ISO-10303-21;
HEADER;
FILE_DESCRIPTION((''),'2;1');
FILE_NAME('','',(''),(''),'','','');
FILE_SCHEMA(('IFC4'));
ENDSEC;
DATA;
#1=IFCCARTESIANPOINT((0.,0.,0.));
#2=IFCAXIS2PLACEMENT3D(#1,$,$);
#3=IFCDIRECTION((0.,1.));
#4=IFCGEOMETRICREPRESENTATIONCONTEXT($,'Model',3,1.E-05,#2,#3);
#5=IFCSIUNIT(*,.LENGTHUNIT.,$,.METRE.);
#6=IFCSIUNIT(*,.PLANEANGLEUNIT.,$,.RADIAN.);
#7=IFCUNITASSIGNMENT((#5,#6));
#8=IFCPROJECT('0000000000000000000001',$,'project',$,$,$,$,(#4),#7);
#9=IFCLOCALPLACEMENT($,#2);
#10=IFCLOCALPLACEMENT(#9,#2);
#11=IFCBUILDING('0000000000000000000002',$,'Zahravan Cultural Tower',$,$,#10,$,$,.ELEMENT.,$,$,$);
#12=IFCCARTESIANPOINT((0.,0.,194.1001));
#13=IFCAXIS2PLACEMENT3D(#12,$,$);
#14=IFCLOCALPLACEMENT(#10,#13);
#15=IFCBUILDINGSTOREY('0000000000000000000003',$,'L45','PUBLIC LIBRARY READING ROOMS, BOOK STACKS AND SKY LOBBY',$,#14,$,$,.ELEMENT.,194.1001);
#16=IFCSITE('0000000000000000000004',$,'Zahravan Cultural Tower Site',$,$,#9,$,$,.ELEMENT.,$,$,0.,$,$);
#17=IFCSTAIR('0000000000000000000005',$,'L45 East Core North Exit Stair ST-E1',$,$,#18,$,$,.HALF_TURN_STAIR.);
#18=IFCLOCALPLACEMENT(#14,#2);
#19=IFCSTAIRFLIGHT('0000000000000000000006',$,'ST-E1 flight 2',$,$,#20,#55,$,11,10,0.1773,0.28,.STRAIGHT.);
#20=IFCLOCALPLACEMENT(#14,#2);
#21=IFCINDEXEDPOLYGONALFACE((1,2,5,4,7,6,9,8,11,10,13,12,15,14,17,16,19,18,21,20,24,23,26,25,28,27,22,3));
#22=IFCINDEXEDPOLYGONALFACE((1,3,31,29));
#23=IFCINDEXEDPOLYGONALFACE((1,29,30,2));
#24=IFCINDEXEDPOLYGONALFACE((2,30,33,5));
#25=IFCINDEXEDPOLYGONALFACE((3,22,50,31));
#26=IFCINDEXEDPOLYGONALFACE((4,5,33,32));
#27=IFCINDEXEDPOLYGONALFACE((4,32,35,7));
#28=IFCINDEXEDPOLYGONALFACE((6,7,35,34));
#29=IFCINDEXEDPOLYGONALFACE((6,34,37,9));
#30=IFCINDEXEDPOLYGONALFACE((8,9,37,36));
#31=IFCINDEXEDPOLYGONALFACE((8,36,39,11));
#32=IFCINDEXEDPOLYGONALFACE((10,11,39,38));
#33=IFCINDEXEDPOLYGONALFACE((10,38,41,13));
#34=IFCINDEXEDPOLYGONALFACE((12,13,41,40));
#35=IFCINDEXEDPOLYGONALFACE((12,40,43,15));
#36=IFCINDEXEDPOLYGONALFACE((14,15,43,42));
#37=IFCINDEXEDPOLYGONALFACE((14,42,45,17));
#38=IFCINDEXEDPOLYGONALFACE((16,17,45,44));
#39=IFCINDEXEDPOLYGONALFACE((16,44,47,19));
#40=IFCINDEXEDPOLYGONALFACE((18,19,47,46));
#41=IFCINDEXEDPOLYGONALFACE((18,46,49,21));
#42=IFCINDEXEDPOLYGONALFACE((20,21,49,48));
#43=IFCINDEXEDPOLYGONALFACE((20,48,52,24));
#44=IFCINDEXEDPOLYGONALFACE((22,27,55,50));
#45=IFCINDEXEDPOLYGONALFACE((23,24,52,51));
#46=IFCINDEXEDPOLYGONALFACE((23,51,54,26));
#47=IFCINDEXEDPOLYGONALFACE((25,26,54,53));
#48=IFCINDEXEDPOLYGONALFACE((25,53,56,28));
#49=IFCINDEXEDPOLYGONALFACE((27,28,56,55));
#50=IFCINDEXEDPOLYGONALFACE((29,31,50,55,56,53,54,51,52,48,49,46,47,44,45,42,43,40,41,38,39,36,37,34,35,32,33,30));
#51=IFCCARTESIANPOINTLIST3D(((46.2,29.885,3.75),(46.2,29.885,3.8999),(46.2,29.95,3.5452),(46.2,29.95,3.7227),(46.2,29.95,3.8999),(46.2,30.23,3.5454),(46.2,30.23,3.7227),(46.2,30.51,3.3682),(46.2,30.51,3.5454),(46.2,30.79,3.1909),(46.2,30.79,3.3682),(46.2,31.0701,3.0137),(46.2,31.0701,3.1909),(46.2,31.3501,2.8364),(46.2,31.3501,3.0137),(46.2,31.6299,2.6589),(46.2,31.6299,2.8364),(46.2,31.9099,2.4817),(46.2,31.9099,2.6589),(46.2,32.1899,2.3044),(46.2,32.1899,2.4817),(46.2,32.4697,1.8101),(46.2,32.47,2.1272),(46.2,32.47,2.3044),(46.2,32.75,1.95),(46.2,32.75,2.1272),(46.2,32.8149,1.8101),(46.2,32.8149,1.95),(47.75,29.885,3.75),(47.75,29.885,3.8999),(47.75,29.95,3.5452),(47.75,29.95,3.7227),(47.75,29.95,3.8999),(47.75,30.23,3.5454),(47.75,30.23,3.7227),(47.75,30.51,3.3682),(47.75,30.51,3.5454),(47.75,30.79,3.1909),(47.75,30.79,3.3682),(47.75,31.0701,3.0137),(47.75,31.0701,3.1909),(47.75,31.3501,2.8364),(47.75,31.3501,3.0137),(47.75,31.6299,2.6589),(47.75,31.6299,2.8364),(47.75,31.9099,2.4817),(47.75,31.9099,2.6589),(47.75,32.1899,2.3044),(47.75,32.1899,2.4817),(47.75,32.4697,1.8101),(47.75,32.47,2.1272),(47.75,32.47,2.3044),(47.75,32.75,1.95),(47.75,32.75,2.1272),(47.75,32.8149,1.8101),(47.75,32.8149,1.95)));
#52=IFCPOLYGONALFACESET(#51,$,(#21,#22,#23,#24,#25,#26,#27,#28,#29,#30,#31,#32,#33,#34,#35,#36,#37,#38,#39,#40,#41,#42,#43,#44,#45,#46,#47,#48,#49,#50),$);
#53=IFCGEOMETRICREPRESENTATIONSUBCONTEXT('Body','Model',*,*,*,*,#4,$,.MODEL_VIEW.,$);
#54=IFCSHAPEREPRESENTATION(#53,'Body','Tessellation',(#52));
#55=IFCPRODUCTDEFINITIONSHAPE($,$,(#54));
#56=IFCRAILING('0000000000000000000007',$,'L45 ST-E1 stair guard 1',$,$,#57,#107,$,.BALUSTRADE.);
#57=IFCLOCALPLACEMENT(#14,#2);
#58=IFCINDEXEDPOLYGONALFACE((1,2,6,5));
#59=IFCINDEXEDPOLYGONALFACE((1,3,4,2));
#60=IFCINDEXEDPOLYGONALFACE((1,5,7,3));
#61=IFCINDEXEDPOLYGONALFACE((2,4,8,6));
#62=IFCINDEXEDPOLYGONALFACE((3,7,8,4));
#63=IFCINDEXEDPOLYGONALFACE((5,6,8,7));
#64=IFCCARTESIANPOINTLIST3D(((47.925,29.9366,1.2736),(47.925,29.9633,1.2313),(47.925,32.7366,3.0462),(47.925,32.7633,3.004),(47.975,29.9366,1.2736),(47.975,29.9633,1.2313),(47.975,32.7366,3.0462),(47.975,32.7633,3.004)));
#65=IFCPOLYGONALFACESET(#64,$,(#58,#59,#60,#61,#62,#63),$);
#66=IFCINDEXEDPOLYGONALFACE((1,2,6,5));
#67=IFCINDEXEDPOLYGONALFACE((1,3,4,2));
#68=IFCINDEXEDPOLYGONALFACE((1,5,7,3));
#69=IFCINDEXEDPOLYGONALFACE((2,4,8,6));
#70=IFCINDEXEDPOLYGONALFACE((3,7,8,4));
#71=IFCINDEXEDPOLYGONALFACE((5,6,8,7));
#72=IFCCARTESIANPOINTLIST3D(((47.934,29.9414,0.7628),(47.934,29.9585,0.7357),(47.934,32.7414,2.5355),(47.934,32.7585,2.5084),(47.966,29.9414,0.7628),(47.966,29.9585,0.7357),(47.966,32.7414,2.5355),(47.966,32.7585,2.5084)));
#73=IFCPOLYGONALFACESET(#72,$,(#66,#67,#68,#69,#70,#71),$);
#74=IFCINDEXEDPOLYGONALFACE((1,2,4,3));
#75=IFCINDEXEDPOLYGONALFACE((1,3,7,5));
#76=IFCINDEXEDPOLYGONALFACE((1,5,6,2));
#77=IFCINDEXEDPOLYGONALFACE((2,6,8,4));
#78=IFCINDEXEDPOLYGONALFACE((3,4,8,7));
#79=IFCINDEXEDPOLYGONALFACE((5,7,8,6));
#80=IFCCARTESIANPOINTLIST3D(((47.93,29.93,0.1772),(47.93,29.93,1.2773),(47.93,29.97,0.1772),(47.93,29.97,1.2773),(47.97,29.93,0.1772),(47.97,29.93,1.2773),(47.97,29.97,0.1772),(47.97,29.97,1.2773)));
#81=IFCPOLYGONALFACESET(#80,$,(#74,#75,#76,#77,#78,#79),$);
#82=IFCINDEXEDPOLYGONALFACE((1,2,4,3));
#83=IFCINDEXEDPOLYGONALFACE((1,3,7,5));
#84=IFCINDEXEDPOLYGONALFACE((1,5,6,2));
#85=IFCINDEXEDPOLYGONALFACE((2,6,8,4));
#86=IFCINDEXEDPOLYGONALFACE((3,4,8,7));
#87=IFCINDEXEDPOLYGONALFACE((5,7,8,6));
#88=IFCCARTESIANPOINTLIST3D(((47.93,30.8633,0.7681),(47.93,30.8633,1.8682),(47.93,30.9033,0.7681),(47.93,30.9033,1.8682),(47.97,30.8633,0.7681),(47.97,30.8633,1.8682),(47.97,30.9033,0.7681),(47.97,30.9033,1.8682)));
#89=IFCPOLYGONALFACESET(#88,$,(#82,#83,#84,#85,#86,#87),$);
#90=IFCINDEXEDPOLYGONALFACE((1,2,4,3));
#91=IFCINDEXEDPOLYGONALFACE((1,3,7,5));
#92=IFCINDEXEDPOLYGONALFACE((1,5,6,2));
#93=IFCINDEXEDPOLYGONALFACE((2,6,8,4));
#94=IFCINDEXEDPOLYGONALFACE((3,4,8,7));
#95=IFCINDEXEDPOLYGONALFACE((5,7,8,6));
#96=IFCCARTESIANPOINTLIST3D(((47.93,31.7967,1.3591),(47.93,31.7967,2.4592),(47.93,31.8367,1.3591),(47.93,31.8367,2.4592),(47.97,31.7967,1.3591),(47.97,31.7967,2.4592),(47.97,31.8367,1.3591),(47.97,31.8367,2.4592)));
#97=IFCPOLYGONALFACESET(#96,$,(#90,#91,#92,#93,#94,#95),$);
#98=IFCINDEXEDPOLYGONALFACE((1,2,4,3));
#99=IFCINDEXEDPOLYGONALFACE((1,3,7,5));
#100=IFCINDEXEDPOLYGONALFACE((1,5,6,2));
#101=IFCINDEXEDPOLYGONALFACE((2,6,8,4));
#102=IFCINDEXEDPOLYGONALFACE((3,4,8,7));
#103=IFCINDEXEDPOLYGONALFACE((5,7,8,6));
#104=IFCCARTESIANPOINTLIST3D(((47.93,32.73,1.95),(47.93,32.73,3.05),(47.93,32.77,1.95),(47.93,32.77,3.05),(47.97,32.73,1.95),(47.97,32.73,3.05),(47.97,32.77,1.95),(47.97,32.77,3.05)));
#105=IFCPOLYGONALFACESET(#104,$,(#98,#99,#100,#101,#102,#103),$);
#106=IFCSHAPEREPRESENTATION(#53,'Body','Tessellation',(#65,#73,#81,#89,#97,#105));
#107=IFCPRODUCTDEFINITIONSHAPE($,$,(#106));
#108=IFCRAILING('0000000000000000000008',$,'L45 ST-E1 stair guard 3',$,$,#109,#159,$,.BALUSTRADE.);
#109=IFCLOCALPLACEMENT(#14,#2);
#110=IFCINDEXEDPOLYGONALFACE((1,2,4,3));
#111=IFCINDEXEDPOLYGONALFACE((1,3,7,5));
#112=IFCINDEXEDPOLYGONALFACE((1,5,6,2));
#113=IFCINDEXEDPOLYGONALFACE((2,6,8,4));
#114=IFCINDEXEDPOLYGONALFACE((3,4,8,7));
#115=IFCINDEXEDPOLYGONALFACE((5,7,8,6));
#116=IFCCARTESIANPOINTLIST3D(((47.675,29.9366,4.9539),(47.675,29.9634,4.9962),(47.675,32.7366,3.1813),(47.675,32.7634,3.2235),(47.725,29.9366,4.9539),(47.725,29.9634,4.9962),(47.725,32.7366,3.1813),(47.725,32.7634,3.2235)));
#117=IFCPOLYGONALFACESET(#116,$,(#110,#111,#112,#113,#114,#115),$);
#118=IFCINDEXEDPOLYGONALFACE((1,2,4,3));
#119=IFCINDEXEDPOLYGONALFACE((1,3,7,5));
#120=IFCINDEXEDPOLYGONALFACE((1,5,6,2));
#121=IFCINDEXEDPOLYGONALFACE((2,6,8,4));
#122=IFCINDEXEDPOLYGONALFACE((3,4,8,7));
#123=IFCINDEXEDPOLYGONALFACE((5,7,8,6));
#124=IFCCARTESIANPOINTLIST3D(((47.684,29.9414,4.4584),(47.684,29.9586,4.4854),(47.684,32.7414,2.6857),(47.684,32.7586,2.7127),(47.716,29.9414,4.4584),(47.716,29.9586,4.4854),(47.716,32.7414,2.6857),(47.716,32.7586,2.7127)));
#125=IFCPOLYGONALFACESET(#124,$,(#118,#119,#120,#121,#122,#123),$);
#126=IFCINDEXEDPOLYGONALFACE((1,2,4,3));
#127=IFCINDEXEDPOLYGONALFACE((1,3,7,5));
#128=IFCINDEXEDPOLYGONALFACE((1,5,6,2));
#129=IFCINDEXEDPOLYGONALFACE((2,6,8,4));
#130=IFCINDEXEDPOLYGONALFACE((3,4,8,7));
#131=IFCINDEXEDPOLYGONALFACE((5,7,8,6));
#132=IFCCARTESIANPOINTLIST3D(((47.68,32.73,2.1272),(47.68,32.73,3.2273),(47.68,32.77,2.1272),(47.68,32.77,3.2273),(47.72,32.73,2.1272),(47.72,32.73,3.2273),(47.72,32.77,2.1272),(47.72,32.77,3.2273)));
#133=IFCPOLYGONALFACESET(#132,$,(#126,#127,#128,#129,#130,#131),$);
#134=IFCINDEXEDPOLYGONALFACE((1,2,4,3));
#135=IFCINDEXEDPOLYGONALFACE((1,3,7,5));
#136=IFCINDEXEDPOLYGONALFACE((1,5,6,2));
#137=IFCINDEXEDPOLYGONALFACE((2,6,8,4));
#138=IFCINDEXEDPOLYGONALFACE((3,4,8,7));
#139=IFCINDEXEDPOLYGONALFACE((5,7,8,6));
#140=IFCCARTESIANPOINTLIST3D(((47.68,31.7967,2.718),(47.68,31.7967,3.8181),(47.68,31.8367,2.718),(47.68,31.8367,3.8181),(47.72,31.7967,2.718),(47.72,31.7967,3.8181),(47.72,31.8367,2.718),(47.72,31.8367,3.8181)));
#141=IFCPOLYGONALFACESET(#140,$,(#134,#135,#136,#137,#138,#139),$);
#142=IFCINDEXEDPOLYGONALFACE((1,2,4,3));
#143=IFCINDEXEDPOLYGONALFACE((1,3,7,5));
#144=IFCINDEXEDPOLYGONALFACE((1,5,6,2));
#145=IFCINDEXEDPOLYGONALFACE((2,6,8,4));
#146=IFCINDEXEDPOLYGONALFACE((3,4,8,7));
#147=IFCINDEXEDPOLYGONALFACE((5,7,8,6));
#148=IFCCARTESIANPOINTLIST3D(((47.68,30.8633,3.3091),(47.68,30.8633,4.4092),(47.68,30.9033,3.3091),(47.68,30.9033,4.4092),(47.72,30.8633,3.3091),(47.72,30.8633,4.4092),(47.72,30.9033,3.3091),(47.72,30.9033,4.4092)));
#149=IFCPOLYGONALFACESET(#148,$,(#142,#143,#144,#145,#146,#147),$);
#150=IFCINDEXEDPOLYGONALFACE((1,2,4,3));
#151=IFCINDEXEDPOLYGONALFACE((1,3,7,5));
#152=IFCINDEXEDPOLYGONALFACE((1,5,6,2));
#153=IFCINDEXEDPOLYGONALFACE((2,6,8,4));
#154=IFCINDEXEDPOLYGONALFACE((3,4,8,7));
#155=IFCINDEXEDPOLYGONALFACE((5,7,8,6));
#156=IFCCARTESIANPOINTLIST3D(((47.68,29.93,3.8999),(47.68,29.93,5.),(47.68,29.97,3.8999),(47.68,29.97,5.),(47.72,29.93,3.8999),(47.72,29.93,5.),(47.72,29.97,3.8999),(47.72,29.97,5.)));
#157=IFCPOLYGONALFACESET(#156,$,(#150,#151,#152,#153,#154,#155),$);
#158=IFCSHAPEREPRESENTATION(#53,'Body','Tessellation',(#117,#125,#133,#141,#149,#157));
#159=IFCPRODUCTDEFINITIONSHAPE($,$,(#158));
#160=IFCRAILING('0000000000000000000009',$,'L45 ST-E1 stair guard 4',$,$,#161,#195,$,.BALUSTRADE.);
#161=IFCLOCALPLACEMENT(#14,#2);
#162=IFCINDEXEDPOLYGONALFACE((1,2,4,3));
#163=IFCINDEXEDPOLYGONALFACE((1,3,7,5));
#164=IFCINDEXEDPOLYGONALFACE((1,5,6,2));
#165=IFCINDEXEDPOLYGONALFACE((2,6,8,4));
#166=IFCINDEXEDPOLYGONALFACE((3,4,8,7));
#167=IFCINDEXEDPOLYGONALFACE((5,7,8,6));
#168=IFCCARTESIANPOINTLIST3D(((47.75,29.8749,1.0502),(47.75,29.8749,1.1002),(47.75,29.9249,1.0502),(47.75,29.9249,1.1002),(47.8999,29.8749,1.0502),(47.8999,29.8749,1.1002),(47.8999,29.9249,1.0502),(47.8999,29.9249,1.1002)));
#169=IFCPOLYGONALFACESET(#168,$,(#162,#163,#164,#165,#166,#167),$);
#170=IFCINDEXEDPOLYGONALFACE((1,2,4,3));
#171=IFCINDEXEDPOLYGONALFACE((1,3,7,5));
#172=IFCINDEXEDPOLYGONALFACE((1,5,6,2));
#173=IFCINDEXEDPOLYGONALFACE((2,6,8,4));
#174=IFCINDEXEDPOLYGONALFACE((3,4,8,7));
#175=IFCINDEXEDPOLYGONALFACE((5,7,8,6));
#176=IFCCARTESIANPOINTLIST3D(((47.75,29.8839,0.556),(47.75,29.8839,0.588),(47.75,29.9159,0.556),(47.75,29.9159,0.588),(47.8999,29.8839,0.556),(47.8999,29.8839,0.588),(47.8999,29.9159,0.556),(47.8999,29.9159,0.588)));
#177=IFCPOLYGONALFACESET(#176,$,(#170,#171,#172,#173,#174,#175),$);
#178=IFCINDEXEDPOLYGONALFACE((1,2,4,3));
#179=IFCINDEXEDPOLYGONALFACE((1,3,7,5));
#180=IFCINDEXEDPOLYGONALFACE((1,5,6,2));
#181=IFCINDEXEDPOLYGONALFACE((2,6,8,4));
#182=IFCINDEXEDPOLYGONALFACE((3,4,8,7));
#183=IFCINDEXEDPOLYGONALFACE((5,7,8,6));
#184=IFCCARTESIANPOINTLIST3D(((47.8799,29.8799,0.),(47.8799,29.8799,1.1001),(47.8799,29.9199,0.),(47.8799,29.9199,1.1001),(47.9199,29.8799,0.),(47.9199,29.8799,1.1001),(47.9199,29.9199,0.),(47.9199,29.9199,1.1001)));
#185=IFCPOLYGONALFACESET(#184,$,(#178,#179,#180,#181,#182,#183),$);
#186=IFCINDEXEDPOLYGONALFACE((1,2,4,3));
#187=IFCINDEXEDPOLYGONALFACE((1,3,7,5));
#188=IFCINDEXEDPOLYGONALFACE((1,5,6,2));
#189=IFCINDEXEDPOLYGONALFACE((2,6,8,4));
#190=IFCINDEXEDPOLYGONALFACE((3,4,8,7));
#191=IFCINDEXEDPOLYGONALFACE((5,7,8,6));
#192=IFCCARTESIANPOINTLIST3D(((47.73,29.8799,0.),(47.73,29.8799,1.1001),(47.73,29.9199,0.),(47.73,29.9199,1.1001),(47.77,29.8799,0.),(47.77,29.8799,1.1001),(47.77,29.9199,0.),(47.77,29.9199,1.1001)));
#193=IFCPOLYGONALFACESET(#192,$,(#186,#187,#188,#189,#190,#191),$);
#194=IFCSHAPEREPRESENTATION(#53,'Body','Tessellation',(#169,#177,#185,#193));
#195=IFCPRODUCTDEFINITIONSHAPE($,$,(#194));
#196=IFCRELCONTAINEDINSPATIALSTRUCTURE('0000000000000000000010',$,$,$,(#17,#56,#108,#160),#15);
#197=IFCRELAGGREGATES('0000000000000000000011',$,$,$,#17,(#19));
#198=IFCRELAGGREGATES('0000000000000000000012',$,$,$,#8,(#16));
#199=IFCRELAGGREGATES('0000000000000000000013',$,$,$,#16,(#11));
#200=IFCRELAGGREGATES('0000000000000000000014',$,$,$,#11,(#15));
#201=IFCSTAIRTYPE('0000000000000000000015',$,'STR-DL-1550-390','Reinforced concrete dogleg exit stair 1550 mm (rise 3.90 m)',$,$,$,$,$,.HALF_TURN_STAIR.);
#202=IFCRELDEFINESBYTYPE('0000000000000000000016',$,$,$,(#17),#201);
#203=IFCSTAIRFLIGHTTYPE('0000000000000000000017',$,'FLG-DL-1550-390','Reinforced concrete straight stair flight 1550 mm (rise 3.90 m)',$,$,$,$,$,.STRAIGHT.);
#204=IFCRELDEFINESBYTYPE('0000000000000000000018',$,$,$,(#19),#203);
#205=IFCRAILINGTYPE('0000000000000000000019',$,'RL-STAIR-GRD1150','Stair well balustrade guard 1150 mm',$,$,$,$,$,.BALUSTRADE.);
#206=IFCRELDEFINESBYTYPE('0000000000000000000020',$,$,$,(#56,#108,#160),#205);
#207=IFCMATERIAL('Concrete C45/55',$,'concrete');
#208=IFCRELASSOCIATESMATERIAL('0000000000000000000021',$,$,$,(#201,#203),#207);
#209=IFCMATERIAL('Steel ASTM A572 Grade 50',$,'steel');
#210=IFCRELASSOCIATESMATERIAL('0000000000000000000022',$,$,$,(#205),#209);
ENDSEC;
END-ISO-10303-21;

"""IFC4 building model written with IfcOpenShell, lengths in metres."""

from ifc_helpers import new_model, si_unit, direction, frame, origin, origin_2d, place, context, subcontext, project, spatial, polyline, rectangle, outline, extrude, material, type_object, element, aggregate, save


model = new_model("IFC4")

# Units and contexts
model_context = context("Model", 3, precision=1e-05, world=origin(), true_north=direction((0.0, 1.0)))
body_context = subcontext(model_context, "Body", "Model", "MODEL_VIEW")
ifc_project = project(units=[si_unit("LENGTHUNIT", "METRE"), si_unit("PLANEANGLEUNIT", "RADIAN")], contexts=[model_context])

# Site, building, storey
site_placement = place(None, origin())
site = spatial("IfcSite", under=ifc_project, at=site_placement, Name="Zahravan Cultural Tower Site", CompositionType="ELEMENT", RefElevation=0.0)
building_placement = place(site_placement, origin())
building = spatial("IfcBuilding", under=site, at=building_placement, Name="Zahravan Cultural Tower", CompositionType="ELEMENT")
storey_placement = place(building_placement, frame((0.0, 0.0, 194.1001)))
storey = spatial("IfcBuildingStorey", under=building, at=storey_placement, Name="L45", Description="PUBLIC LIBRARY READING ROOMS, BOOK STACKS AND SKY LOBBY", CompositionType="ELEMENT", Elevation=194.1001)

# Shared definitions
ifc_material_1 = material(Name="Steel ASTM A572 Grade 50", Category="steel")
ifc_material_2 = material(Name="Concrete C45/55", Category="concrete")

# Stair, stair flight
stair_type = type_object("IfcStairType", Name="STR-DL-1550-390", Description="Reinforced concrete dogleg exit stair 1550 mm (rise 3.90 m)", PredefinedType="HALF_TURN_STAIR", material=ifc_material_2)
stair_placement = place(storey_placement, origin())
stair = element("IfcStair", 1, at=stair_placement, inside=storey, type_object=stair_type, Name="L45 East Core North Exit Stair ST-E1", PredefinedType="HALF_TURN_STAIR")
stair_flight_type = type_object("IfcStairFlightType", Name="FLG-DL-1550-390", Description="Reinforced concrete straight stair flight 1550 mm (rise 3.90 m)", PredefinedType="STRAIGHT", material=ifc_material_2)
stair_flight_1_placement = place(storey_placement, frame((46.9751, 32.75, 1.95), z_axis=(0.0, 0.0, 1.0), x_axis=(0.0, -1.0, 0.0)))
stair_flight_1 = element("IfcStairFlight", 2, at=stair_flight_1_placement, type_object=stair_flight_type, Name="ST-E1 flight 2", NumberOfRisers=11, NumberOfTreads=10, PredefinedType="STRAIGHT", RiserHeight=0.1773, TreadLength=0.28, context=body_context, shape_type="SweptSolid", body=[
    extrude(outline(polyline([(-0.0649, -0.1399), (-0.0649, 0.0), (0.0, 0.0), (0.0, 0.1772), (0.28, 0.1772), (0.28, 0.3545), (0.5601, 0.3545), (0.5601, 0.5317), (0.8401, 0.5317), (0.8401, 0.709), (1.1201, 0.709), (1.1201, 0.8865), (1.3999, 0.8865), (1.3999, 1.0637), (1.6799, 1.0637), (1.6799, 1.241), (1.96, 1.241), (1.96, 1.4182), (2.24, 1.4182), (2.24, 1.5955), (2.52, 1.5955), (2.52, 1.7727), (2.8, 1.7727), (2.8, 1.95), (2.865, 1.95), (2.865, 1.8), (2.8, 1.5952), (0.2803, -0.1399), (-0.0649, -0.1399)])), frame((0.0, 0.7749, 0.0), z_axis=(0.0, -1.0, 0.0), x_axis=(1.0, 0.0, 0.0)), (0.0, 0.0, 1.0), 1.55),
])
aggregate(stair, [stair_flight_1])

# Railings
railing_type_1 = type_object("IfcRailingType", Name="RL-STAIR-GRD1150", Description="Stair well balustrade guard 1150 mm", PredefinedType="BALUSTRADE", material=ifc_material_1)
railing_1_placement = place(storey_placement, frame((47.95, 29.95, 0.1772)))
element("IfcRailing", 3, at=railing_1_placement, inside=storey, type_object=railing_type_1, Name="L45 ST-E1 stair guard 1", PredefinedType="BALUSTRADE", context=body_context, shape_type="SweptSolid", body=[
    extrude(rectangle(XDim=0.05, YDim=0.05, at=origin_2d()), frame((0.0, 0.0, 1.0752), z_axis=(0.0, 0.844909, 0.53491), x_axis=(-1.0, 0.0, 0.0)), (0.0, 0.0, 1.0), 3.314),
    extrude(rectangle(XDim=0.032, YDim=0.032, at=origin_2d()), frame((0.0, 0.0, 0.572), z_axis=(0.0, 0.844909, 0.53491), x_axis=(-1.0, 0.0, 0.0)), (0.0, 0.0, 1.0), 3.314),
    extrude(rectangle(XDim=0.04, YDim=0.04, at=origin_2d()), origin(), (0.0, 0.0, 1.0), 1.1001),
    extrude(rectangle(XDim=0.04, YDim=0.04, at=origin_2d()), frame((0.0, 0.9333, 0.5908)), (0.0, 0.0, 1.0), 1.1001),
    extrude(rectangle(XDim=0.04, YDim=0.04, at=origin_2d()), frame((0.0, 1.8667, 1.1819)), (0.0, 0.0, 1.0), 1.1001),
    extrude(rectangle(XDim=0.04, YDim=0.04, at=origin_2d()), frame((0.0, 2.8, 1.7727)), (0.0, 0.0, 1.0), 1.1001),
])
railing_2_placement = place(storey_placement, frame((47.7, 32.75, 2.1272)))
element("IfcRailing", 4, at=railing_2_placement, inside=storey, type_object=railing_type_1, Name="L45 ST-E1 stair guard 3", PredefinedType="BALUSTRADE", context=body_context, shape_type="SweptSolid", body=[
    extrude(rectangle(XDim=0.05, YDim=0.05, at=origin_2d()), frame((0.0, 0.0, 1.0752), z_axis=(0.0, -0.844909, 0.53491), x_axis=(1.0, 0.0, 0.0)), (0.0, 0.0, 1.0), 3.314),
    extrude(rectangle(XDim=0.032, YDim=0.032, at=origin_2d()), frame((0.0, 0.0, 0.572), z_axis=(0.0, -0.844909, 0.53491), x_axis=(1.0, 0.0, 0.0)), (0.0, 0.0, 1.0), 3.314),
    extrude(rectangle(XDim=0.04, YDim=0.04, at=origin_2d()), origin(), (0.0, 0.0, 1.0), 1.1001),
    extrude(rectangle(XDim=0.04, YDim=0.04, at=origin_2d()), frame((0.0, -0.9333, 0.5908)), (0.0, 0.0, 1.0), 1.1001),
    extrude(rectangle(XDim=0.04, YDim=0.04, at=origin_2d()), frame((0.0, -1.8667, 1.1819)), (0.0, 0.0, 1.0), 1.1001),
    extrude(rectangle(XDim=0.04, YDim=0.04, at=origin_2d()), frame((0.0, -2.8, 1.7727)), (0.0, 0.0, 1.0), 1.1001),
])
railing_3_placement = place(storey_placement, frame((47.8999, 29.8999, 0.0)))
element("IfcRailing", 5, at=railing_3_placement, inside=storey, type_object=railing_type_1, Name="L45 ST-E1 stair guard 4", PredefinedType="BALUSTRADE", context=body_context, shape_type="SweptSolid", body=[
    extrude(rectangle(XDim=0.05, YDim=0.05, at=origin_2d()), frame((0.0, 0.0, 1.0752), z_axis=(-1.0, 0.0, 0.0), x_axis=(0.0, -1.0, 0.0)), (0.0, 0.0, 1.0), 0.1499),
    extrude(rectangle(XDim=0.032, YDim=0.032, at=origin_2d()), frame((0.0, 0.0, 0.572), z_axis=(-1.0, 0.0, 0.0), x_axis=(0.0, -1.0, 0.0)), (0.0, 0.0, 1.0), 0.1499),
    extrude(rectangle(XDim=0.04, YDim=0.04, at=origin_2d()), origin(), (0.0, 0.0, 1.0), 1.1001),
    extrude(rectangle(XDim=0.04, YDim=0.04, at=origin_2d()), frame((-0.1499, 0.0, 0.0)), (0.0, 0.0, 1.0), 1.1001),
])

save(model, "model.ifc")
